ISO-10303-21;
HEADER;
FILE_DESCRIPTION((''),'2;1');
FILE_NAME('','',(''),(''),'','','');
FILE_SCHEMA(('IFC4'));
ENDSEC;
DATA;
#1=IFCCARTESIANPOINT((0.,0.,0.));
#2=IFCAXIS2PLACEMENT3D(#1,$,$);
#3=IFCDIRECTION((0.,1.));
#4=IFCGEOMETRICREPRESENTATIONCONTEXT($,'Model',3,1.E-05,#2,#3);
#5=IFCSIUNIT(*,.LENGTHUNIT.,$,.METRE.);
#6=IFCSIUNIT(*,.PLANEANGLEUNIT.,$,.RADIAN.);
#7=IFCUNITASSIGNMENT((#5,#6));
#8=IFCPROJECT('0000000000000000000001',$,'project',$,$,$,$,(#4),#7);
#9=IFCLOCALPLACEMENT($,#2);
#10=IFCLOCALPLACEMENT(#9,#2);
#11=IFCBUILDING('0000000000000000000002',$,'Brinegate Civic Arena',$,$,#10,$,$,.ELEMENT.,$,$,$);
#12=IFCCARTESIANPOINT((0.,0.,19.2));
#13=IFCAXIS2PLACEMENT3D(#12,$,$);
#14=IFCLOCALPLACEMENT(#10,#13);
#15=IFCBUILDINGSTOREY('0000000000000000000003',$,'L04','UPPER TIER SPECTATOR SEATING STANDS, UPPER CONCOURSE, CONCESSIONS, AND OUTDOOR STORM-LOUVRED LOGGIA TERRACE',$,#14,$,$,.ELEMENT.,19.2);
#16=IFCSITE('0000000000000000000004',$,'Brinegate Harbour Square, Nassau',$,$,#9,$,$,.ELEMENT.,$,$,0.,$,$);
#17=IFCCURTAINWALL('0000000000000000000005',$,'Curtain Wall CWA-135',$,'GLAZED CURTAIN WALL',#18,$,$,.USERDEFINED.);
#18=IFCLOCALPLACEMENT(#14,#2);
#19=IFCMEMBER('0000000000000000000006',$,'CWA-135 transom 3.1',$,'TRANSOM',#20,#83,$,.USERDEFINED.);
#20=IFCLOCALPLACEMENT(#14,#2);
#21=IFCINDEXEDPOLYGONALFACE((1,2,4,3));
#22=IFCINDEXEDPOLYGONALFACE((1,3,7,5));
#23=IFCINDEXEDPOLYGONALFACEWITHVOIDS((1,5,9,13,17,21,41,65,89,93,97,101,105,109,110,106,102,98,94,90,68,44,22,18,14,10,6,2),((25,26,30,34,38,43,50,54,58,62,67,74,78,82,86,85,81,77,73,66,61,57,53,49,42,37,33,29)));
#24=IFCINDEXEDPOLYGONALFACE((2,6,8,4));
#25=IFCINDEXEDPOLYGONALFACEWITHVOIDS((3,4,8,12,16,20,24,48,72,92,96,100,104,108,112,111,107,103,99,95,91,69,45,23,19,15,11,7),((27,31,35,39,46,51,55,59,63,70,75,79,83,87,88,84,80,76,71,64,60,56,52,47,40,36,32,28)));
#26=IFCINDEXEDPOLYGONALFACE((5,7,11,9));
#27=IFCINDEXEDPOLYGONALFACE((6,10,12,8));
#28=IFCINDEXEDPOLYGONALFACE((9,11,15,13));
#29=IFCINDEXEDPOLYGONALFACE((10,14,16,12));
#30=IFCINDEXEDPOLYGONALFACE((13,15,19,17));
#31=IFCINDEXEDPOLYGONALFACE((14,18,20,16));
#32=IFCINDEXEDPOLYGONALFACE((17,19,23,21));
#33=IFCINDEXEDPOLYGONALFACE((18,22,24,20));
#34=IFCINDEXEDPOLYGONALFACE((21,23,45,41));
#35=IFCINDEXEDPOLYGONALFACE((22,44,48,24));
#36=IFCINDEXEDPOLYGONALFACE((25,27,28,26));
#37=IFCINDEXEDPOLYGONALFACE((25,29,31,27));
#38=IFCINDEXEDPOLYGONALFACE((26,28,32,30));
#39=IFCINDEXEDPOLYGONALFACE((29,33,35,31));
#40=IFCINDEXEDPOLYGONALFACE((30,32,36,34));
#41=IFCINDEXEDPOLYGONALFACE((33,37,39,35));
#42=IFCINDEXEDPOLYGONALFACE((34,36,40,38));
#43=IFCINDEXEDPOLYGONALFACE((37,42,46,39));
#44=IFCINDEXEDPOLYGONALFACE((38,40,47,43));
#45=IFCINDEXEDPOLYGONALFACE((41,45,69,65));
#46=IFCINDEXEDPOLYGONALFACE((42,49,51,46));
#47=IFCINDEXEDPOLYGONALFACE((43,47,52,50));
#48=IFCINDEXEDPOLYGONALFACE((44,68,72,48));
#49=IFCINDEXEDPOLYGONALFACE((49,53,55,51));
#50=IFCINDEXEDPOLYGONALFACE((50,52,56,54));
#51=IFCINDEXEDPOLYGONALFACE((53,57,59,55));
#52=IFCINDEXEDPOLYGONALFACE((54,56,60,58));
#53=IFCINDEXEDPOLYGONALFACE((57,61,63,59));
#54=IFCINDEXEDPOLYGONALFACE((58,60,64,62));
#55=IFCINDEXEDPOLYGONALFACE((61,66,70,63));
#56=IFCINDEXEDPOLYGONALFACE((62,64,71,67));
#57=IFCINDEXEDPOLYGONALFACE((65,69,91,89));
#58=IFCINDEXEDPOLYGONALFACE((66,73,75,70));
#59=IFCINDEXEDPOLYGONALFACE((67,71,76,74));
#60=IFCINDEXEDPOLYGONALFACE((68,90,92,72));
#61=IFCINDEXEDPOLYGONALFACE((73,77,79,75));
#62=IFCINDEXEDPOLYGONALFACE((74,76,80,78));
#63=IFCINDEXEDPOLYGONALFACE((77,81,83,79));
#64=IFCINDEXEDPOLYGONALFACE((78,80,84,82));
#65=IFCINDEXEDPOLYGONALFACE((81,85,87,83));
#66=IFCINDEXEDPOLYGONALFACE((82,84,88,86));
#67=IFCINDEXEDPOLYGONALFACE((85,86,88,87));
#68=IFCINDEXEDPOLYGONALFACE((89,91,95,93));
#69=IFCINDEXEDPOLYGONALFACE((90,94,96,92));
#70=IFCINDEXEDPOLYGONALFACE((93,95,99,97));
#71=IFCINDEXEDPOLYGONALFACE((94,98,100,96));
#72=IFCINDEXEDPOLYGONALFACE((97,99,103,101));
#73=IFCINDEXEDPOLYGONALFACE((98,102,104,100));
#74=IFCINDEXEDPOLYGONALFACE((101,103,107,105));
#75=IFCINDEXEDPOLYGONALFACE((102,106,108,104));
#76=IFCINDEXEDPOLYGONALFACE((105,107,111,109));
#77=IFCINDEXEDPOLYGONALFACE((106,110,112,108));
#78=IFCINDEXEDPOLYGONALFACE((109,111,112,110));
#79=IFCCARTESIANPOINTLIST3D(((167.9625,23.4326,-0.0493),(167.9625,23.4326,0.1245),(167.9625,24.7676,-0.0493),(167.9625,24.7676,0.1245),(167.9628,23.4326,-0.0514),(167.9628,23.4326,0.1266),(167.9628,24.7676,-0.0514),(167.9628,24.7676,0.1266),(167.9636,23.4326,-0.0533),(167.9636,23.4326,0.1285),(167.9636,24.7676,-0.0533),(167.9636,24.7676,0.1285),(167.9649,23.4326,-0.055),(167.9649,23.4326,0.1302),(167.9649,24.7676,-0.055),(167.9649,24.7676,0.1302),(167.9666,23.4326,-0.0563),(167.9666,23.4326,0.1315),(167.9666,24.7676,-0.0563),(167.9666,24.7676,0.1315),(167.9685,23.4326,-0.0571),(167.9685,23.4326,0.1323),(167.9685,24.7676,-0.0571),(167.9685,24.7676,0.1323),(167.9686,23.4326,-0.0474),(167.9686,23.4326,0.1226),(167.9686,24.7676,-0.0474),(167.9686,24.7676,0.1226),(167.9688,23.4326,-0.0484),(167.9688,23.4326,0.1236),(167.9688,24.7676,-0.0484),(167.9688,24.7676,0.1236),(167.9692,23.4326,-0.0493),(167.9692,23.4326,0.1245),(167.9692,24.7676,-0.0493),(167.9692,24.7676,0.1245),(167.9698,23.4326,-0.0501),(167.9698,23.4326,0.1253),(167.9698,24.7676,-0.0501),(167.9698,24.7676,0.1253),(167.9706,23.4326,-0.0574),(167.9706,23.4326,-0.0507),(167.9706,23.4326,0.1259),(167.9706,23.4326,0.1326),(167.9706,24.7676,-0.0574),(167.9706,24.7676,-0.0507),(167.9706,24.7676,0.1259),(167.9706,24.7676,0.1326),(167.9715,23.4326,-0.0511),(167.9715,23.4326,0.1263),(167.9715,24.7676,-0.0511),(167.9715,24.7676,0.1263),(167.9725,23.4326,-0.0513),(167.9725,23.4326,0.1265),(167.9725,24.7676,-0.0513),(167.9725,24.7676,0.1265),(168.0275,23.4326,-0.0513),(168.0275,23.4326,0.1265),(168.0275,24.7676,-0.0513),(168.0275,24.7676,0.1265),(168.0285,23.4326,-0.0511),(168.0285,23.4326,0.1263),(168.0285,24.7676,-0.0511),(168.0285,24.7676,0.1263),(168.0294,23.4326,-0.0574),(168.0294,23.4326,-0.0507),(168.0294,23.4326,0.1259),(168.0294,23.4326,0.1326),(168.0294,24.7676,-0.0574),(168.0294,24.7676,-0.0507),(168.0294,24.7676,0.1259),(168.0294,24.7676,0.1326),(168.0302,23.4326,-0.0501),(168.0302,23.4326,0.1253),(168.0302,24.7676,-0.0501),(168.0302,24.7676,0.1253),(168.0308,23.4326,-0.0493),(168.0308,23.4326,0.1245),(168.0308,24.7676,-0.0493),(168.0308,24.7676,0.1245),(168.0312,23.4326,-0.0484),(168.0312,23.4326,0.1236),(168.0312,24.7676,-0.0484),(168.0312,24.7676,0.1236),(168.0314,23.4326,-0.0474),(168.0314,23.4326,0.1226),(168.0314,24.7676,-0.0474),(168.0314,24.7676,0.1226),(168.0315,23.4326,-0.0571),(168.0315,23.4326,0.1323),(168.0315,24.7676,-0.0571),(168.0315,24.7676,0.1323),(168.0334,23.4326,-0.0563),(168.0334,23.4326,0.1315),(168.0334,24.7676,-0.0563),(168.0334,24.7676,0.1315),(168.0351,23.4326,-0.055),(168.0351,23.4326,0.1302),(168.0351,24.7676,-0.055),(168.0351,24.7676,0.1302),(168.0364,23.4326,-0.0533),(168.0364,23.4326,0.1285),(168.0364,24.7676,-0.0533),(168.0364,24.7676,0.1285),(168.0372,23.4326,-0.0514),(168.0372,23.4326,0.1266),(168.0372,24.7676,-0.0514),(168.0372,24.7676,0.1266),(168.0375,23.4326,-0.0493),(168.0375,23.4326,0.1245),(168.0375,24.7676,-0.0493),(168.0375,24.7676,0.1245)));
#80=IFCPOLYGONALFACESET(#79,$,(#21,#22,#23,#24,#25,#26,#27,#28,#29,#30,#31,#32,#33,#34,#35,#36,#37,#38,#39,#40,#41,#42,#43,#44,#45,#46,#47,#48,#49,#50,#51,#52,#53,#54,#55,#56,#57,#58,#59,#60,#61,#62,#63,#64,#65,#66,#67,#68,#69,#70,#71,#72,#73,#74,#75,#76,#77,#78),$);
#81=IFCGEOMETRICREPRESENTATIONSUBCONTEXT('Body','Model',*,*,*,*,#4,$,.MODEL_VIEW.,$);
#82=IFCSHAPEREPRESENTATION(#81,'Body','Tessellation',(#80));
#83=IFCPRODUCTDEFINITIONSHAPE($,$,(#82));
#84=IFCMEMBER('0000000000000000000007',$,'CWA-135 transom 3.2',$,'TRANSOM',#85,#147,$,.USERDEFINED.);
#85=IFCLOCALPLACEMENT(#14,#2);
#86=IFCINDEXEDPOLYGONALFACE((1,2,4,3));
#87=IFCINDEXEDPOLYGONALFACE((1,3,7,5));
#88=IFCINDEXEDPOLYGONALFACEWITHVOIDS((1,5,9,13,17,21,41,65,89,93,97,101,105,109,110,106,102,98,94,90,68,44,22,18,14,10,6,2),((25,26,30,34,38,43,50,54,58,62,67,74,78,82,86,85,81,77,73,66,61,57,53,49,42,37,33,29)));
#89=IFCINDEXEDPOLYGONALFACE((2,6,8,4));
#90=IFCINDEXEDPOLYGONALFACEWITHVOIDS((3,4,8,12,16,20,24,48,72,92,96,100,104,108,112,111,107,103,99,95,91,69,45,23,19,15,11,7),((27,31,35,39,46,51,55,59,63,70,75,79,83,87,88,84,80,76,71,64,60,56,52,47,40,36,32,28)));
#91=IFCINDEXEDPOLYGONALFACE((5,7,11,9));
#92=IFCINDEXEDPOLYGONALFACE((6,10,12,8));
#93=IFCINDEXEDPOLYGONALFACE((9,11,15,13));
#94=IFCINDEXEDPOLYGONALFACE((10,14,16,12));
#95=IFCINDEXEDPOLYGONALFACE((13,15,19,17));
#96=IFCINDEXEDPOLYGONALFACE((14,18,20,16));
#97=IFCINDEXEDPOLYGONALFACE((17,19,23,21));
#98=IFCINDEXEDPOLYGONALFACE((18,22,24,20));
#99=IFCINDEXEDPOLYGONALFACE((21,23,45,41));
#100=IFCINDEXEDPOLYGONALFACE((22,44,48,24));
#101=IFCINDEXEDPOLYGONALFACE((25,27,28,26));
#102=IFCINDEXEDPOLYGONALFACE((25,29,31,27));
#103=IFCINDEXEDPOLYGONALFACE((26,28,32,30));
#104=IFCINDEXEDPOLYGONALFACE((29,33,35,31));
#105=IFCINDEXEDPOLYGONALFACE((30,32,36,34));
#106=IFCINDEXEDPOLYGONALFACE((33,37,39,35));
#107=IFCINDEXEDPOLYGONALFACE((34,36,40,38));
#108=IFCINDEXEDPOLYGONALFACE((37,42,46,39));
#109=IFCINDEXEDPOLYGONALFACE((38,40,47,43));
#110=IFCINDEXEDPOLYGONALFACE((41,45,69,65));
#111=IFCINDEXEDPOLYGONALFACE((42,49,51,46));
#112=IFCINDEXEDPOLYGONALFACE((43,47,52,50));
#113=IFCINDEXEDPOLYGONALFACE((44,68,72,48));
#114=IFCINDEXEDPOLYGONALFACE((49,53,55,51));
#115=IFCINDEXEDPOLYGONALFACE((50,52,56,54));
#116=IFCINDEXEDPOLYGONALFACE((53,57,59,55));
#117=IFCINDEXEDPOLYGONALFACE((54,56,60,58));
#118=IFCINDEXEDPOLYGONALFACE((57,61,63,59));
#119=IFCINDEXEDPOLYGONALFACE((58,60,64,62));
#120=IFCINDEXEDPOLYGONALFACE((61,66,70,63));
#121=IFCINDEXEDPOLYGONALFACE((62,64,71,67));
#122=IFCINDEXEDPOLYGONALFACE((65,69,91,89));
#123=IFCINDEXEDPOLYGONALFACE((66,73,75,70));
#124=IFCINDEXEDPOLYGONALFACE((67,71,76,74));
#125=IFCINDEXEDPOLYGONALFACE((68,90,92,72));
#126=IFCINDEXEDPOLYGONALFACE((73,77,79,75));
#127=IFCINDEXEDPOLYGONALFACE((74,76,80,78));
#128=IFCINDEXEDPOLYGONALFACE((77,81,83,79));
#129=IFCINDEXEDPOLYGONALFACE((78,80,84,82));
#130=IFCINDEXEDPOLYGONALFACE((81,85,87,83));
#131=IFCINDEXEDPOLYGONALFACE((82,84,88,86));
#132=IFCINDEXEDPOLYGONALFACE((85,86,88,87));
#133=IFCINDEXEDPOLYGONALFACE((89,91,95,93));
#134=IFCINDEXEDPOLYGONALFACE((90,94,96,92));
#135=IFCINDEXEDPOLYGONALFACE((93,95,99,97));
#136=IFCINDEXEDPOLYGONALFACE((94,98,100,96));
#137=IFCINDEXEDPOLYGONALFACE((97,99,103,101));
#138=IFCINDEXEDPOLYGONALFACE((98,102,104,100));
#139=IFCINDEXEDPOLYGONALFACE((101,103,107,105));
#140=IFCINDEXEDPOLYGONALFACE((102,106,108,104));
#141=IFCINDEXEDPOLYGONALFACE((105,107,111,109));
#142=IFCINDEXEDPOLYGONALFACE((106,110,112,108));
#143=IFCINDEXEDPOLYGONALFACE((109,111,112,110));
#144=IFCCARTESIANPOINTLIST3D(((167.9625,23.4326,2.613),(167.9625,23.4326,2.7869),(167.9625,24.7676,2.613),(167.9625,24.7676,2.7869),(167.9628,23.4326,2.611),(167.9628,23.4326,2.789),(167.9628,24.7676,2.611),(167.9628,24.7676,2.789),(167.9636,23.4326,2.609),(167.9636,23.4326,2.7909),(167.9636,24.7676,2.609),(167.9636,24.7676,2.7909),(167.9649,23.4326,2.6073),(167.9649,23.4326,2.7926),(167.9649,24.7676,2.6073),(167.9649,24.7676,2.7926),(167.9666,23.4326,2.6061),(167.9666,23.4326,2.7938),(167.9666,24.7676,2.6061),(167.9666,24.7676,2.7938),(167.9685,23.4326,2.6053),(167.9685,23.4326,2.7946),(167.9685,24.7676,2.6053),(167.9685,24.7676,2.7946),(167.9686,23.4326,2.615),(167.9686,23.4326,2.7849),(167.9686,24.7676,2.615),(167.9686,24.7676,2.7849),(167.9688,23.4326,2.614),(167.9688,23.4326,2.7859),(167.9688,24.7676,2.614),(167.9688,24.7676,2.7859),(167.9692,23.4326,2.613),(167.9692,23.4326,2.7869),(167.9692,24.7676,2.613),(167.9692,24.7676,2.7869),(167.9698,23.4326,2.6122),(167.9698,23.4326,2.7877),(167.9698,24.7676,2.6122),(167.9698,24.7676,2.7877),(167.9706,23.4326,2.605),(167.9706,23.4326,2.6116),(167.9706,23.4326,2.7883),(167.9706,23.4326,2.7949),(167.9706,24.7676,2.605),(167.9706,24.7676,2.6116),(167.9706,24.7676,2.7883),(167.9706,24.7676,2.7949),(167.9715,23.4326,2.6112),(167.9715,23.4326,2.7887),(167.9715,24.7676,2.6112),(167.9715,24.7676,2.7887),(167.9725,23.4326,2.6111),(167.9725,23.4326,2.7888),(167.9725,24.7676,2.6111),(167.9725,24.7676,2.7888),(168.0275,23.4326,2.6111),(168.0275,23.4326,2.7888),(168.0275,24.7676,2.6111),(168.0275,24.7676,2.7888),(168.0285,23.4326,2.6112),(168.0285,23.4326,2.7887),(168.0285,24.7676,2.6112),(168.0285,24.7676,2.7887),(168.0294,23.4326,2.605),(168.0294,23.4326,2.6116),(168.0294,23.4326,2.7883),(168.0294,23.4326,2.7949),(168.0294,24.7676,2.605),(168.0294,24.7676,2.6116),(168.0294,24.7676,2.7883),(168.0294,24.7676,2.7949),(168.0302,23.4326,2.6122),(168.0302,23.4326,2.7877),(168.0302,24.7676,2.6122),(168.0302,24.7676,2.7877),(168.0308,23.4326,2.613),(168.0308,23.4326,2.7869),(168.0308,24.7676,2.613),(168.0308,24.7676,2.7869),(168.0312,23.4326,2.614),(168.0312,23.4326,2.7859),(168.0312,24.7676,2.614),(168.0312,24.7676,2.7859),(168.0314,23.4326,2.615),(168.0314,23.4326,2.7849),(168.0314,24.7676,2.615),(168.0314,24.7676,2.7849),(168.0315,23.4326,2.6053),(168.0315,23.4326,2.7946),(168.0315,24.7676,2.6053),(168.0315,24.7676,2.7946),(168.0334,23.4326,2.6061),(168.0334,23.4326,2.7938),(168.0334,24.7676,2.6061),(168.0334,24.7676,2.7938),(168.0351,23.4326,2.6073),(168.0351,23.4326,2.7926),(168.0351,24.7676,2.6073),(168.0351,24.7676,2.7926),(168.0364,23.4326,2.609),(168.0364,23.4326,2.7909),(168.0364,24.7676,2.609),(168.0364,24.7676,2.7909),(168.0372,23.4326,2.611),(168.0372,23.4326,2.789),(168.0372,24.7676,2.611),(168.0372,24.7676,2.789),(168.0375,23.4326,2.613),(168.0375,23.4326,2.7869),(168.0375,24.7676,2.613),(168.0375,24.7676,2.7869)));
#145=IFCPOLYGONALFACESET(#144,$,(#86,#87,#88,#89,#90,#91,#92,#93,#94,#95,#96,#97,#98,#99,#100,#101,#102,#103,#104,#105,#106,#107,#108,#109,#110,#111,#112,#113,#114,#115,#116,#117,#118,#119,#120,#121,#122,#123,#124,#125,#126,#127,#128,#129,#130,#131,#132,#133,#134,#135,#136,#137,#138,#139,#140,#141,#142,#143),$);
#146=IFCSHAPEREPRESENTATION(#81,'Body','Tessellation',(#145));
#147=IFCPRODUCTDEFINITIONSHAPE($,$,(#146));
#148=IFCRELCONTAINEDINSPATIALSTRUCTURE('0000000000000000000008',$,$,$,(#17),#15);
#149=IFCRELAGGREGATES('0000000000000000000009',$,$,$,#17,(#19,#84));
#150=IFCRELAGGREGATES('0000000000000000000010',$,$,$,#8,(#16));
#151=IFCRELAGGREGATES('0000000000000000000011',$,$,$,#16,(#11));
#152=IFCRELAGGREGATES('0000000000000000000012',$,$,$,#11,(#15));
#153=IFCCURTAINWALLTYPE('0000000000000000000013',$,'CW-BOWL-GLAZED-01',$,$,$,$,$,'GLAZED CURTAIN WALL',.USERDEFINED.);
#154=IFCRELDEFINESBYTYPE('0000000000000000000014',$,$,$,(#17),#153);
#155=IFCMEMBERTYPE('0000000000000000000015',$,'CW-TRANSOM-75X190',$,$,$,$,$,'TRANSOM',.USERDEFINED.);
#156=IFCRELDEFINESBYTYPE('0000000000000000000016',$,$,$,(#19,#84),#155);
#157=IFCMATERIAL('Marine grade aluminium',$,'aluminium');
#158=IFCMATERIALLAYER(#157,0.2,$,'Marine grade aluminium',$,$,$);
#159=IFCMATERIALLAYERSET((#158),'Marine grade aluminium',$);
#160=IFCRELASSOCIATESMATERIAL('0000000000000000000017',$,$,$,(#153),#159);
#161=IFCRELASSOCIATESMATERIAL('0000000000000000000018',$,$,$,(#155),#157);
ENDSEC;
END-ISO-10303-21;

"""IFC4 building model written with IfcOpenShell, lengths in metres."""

from ifc_helpers import new_model, si_unit, direction, frame, origin, origin_2d, place, context, subcontext, project, spatial, hollow_rectangle, extrude, material, layer, layer_set, material_profile, profile_set, type_object, element, aggregate, save


model = new_model("IFC4")

# Units and contexts
model_context = context("Model", 3, precision=1e-05, world=origin(), true_north=direction((0.0, 1.0)))
body_context = subcontext(model_context, "Body", "Model", "MODEL_VIEW")
ifc_project = project(units=[si_unit("LENGTHUNIT", "METRE"), si_unit("PLANEANGLEUNIT", "RADIAN")], contexts=[model_context])

# Site, building, storey
site_placement = place(None, origin())
site = spatial("IfcSite", under=ifc_project, at=site_placement, Name="Brinegate Harbour Square, Nassau", CompositionType="ELEMENT", RefElevation=0.0)
building_placement = place(site_placement, origin())
building = spatial("IfcBuilding", under=site, at=building_placement, Name="Brinegate Civic Arena", CompositionType="ELEMENT")
storey_placement = place(building_placement, frame((0.0, 0.0, 19.2)))
storey = spatial("IfcBuildingStorey", under=building, at=storey_placement, Name="L04", Description="UPPER TIER SPECTATOR SEATING STANDS, UPPER CONCOURSE, CONCESSIONS, AND OUTDOOR STORM-LOUVRED LOGGIA TERRACE", CompositionType="ELEMENT", Elevation=19.2)

# Curtain wall, members
ifc_material_1 = material(Name="Marine grade aluminium", Category="aluminium")
ifc_layer_1 = layer(ifc_material_1, 0.2, Name="Marine grade aluminium")
ifc_layer_set_1 = layer_set([ifc_layer_1], Name="Marine grade aluminium")
curtain_wall_type = type_object("IfcCurtainWallType", Name="CW-BOWL-GLAZED-01", ElementType="GLAZED CURTAIN WALL", PredefinedType="USERDEFINED", material=ifc_layer_set_1)
curtain_wall_placement = place(storey_placement, origin())
curtain_wall = element("IfcCurtainWall", 1, at=curtain_wall_placement, inside=storey, type_object=curtain_wall_type, Name="Curtain Wall CWA-135", ObjectType="GLAZED CURTAIN WALL", PredefinedType="USERDEFINED")
ifc_material_profile_1 = material_profile(ifc_material_1, hollow_rectangle(XDim=0.075, YDim=0.1899, WallThickness=0.0061, InnerFilletRadius=0.0039, OuterFilletRadius=0.0081, at=origin_2d()), Name="TRN75X190")
ifc_profile_set_1 = profile_set([ifc_material_profile_1], Name="Marine grade aluminium")
member_type_1 = type_object("IfcMemberType", Name="CW-TRANSOM-75X190", ElementType="TRANSOM", PredefinedType="USERDEFINED", material=ifc_profile_set_1)
member_1_placement = place(storey_placement, frame((168.0, 23.4326, 0.0376), z_axis=(0.0, 1.0, 0.0), x_axis=(-1.0, 0.0, 0.0)))
member_1 = element("IfcMember", 2, at=member_1_placement, type_object=member_type_1, Name="CWA-135 transom 3.1", ObjectType="TRANSOM", PredefinedType="USERDEFINED", context=body_context, shape_type="SweptSolid", body=[
    extrude(hollow_rectangle(XDim=0.075, YDim=0.1899, WallThickness=0.0061, InnerFilletRadius=0.0039, OuterFilletRadius=0.0081, at=origin_2d()), origin(), (0.0, 0.0, 1.0), 1.335),
])
member_2_placement = place(storey_placement, frame((168.0, 23.4326, 2.7), z_axis=(0.0, 1.0, 0.0), x_axis=(-1.0, 0.0, 0.0)))
member_2 = element("IfcMember", 3, at=member_2_placement, type_object=member_type_1, Name="CWA-135 transom 3.2", ObjectType="TRANSOM", PredefinedType="USERDEFINED", context=body_context, shape_type="SweptSolid", body=[
    extrude(hollow_rectangle(XDim=0.075, YDim=0.1899, WallThickness=0.0061, InnerFilletRadius=0.0039, OuterFilletRadius=0.0081, at=origin_2d()), origin(), (0.0, 0.0, 1.0), 1.335),
])

aggregate(curtain_wall, [member_1, member_2])

save(model, "model.ifc")
